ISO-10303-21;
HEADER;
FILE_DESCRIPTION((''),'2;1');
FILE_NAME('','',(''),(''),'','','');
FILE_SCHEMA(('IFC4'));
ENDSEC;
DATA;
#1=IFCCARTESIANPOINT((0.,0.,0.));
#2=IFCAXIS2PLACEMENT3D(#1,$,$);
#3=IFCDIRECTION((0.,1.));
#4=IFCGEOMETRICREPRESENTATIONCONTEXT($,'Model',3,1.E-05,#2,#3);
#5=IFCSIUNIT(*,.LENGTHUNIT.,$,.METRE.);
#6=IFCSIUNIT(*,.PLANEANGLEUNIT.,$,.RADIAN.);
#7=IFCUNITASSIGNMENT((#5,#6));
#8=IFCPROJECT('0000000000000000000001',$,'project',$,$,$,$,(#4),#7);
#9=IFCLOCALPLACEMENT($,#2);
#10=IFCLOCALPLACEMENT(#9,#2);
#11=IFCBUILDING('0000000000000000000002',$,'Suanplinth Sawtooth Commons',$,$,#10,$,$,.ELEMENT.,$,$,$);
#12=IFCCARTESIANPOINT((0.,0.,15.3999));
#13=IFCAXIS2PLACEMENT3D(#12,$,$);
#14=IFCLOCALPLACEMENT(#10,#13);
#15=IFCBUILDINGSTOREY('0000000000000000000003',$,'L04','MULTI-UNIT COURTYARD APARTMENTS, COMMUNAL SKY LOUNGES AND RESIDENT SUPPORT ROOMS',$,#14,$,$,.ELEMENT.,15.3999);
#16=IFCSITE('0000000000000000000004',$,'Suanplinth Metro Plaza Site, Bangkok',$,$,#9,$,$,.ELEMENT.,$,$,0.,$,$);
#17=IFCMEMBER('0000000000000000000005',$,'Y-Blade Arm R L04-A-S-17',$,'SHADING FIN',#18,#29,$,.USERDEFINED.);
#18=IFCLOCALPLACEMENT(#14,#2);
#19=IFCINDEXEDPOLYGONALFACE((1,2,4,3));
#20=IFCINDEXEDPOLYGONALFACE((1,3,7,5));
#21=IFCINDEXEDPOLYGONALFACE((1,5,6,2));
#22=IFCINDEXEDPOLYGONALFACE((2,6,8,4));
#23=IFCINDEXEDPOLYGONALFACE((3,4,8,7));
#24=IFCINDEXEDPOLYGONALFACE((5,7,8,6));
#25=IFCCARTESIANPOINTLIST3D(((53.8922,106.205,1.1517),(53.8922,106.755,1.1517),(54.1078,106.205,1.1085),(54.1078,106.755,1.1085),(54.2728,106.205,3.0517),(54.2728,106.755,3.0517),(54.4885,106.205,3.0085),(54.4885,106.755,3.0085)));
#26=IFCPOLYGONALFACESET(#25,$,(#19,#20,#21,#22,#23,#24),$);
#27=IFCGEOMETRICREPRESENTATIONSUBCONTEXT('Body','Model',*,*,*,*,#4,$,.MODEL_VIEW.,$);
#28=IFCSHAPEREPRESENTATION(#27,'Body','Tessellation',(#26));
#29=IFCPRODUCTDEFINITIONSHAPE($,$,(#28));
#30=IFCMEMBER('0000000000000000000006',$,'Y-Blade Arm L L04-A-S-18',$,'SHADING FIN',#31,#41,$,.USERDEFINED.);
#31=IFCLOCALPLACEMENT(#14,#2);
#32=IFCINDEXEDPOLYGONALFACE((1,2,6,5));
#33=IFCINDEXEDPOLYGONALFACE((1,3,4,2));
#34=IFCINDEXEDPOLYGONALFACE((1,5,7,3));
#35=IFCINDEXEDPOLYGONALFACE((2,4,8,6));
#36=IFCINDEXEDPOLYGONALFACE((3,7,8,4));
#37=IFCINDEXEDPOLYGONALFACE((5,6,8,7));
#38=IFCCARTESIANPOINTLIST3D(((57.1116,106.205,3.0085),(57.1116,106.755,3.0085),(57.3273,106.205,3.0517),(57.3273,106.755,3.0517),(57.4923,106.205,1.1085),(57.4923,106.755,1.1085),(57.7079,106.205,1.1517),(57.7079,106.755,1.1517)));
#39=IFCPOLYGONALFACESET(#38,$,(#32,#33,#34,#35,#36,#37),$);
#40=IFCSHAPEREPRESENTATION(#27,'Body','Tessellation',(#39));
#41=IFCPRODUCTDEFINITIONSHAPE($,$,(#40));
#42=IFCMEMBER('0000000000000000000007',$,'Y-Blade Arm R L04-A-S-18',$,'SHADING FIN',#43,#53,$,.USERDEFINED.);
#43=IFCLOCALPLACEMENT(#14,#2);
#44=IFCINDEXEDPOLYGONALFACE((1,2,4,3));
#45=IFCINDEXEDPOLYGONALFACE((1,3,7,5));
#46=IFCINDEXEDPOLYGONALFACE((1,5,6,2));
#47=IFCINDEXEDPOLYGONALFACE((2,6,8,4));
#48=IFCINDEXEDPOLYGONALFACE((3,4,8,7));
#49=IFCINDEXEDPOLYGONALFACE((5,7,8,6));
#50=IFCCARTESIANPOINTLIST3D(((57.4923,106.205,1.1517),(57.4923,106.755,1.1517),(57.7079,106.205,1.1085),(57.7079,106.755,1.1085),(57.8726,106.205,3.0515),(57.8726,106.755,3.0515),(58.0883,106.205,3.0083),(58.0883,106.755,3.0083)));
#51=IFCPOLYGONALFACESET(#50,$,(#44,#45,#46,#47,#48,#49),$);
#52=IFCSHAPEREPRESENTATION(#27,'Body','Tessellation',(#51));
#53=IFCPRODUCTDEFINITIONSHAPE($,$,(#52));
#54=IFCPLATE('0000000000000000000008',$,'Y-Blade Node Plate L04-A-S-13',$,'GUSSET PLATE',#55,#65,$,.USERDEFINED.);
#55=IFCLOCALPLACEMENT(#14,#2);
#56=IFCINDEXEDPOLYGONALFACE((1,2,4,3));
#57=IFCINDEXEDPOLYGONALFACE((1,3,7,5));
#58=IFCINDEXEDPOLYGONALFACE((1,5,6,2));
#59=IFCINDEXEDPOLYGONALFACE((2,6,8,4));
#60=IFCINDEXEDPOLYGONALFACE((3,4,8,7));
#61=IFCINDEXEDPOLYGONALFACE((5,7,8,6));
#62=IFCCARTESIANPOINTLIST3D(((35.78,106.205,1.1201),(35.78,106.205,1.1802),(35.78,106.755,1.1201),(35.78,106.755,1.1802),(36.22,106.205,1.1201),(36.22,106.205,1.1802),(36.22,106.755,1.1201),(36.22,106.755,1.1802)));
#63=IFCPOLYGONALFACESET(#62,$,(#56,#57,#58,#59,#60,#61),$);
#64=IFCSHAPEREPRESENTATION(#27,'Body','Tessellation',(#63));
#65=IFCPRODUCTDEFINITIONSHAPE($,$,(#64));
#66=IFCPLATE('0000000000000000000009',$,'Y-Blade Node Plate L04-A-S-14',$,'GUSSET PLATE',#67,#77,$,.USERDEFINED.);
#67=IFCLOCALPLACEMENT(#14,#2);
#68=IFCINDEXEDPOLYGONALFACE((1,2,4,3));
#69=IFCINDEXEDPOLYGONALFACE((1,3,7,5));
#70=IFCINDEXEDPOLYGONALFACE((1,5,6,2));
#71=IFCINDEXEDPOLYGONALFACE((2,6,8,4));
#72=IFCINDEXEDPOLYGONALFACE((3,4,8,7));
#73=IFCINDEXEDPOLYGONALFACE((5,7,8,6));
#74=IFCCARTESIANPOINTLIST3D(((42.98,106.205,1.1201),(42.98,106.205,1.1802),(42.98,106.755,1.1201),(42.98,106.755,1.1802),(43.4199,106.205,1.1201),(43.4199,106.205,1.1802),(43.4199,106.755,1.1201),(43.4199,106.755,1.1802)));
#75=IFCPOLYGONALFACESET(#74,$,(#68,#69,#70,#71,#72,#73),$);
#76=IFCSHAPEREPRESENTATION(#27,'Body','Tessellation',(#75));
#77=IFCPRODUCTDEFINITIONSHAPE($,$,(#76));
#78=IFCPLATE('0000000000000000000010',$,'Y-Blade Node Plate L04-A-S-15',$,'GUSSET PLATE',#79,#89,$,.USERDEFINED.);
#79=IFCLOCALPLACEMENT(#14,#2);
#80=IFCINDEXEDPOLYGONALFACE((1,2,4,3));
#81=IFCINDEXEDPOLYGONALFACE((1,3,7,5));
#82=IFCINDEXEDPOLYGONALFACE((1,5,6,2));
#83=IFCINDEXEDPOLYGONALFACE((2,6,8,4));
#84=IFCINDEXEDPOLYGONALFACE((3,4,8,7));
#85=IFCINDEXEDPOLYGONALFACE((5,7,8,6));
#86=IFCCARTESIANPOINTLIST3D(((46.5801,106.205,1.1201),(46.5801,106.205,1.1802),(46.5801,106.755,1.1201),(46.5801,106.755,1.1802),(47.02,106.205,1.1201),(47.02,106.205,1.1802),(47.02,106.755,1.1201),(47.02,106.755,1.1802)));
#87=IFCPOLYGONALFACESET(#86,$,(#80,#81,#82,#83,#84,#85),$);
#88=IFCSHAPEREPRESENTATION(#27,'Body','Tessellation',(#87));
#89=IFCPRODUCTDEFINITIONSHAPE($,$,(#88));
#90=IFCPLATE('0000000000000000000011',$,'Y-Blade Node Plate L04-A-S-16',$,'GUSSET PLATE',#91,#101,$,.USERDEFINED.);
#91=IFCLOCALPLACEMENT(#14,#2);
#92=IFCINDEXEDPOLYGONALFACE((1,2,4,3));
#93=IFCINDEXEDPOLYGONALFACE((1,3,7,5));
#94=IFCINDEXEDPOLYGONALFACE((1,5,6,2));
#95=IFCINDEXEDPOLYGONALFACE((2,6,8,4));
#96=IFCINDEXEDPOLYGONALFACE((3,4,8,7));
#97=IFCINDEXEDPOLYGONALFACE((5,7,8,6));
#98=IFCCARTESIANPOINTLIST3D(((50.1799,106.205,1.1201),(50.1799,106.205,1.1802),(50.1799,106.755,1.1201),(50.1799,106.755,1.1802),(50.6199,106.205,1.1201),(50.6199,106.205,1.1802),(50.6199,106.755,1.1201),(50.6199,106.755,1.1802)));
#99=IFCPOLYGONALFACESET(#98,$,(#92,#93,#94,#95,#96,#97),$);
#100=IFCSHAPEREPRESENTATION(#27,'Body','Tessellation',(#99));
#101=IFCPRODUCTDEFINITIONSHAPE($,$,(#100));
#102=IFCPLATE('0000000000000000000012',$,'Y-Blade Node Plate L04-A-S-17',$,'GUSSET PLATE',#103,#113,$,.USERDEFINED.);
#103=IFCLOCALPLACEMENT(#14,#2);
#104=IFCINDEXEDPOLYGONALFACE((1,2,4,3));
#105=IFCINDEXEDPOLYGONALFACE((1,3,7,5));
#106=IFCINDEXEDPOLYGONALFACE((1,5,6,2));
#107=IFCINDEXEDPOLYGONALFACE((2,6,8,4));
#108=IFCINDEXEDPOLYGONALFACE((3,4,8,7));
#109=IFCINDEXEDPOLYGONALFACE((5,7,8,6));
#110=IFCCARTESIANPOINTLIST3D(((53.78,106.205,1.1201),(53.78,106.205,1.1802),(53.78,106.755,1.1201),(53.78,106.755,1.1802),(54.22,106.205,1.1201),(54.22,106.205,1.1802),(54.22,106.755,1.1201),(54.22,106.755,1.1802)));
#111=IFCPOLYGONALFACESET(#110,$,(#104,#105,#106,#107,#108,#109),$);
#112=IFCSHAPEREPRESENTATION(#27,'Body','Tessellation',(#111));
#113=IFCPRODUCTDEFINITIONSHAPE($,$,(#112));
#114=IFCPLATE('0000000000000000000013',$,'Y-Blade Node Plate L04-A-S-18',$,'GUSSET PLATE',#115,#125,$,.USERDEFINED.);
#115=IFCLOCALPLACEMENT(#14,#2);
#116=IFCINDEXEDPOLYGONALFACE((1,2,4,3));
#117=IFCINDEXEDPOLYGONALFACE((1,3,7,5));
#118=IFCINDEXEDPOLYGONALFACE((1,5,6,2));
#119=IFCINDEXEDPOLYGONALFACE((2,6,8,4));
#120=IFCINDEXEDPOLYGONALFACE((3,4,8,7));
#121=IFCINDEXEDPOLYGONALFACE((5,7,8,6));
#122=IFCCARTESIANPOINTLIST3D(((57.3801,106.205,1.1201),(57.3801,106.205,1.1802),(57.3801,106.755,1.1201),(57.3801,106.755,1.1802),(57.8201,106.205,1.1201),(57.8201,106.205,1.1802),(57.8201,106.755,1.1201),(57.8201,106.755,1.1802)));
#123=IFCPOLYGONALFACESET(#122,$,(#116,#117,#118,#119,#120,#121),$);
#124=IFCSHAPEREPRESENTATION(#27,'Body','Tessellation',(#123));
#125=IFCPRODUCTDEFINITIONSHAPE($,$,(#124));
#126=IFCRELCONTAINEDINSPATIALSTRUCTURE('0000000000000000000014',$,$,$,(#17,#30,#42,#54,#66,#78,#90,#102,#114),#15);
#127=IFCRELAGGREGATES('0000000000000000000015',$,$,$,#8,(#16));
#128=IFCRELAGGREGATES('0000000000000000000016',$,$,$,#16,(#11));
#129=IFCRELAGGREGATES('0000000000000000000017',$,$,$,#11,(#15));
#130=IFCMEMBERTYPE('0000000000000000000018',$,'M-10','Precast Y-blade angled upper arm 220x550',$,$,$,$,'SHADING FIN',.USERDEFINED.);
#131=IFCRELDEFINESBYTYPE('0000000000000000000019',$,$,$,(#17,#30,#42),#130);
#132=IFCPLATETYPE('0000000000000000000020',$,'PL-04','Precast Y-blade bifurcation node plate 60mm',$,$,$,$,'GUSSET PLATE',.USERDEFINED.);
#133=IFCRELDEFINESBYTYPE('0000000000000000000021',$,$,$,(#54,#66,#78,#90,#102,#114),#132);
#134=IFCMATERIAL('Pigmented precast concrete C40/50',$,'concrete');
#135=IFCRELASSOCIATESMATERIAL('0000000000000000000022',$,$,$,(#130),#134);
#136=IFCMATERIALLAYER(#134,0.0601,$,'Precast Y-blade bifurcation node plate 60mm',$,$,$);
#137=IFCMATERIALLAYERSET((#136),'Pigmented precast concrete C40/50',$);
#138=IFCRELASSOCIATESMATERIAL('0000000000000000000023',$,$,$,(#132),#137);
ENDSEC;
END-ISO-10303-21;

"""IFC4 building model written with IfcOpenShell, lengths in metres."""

from ifc_helpers import new_model, si_unit, direction, frame, origin, origin_2d, place, context, subcontext, project, spatial, rectangle, extrude, material, layer, layer_set, material_profile, profile_set, type_object, element, save


model = new_model("IFC4")

# Units and contexts
model_context = context("Model", 3, precision=1e-05, world=origin(), true_north=direction((0.0, 1.0)))
body_context = subcontext(model_context, "Body", "Model", "MODEL_VIEW")
ifc_project = project(units=[si_unit("LENGTHUNIT", "METRE"), si_unit("PLANEANGLEUNIT", "RADIAN")], contexts=[model_context])

# Site, building, storey
site_placement = place(None, origin())
site = spatial("IfcSite", under=ifc_project, at=site_placement, Name="Suanplinth Metro Plaza Site, Bangkok", CompositionType="ELEMENT", RefElevation=0.0)
building_placement = place(site_placement, origin())
building = spatial("IfcBuilding", under=site, at=building_placement, Name="Suanplinth Sawtooth Commons", CompositionType="ELEMENT")
storey_placement = place(building_placement, frame((0.0, 0.0, 15.3999)))
storey = spatial("IfcBuildingStorey", under=building, at=storey_placement, Name="L04", Description="MULTI-UNIT COURTYARD APARTMENTS, COMMUNAL SKY LOUNGES AND RESIDENT SUPPORT ROOMS", CompositionType="ELEMENT", Elevation=15.3999)

# Members
ifc_material = material(Name="Pigmented precast concrete C40/50", Category="concrete")
ifc_material_profile_1 = material_profile(ifc_material, rectangle(XDim=0.22, YDim=0.55, at=origin_2d()), Name="PC-FIN 220x550")
ifc_profile_set_1 = profile_set([ifc_material_profile_1], Name="Pigmented precast concrete C40/50")
member_type_1 = type_object("IfcMemberType", Name="M-10", Description="Precast Y-blade angled upper arm 220x550", ElementType="SHADING FIN", PredefinedType="USERDEFINED", material=ifc_profile_set_1)
for number, where, z_axis, x_axis, name in (
    (1, (54.0, 106.48, 1.1301), (0.196431, 0.0, 0.980518), (-0.980518, 0.0, 0.196431), "Y-Blade Arm R L04-A-S-17"),
    (2, (57.6001, 106.48, 1.1301), (-0.196431, 0.0, 0.980518), (0.980518, 0.0, 0.196431), "Y-Blade Arm L L04-A-S-18"),
):
    element("IfcMember", number, at=place(storey_placement, frame(where, z_axis=z_axis, x_axis=x_axis)), inside=storey, type_object=member_type_1, Name=name, ObjectType="SHADING FIN", PredefinedType="USERDEFINED", context=body_context, shape_type="SweptSolid", body=[
        extrude(rectangle(XDim=0.22, YDim=0.55, at=origin_2d()), origin(), (0.0, 0.0, 1.0), 1.9377),
    ])
member_1_placement = place(storey_placement, frame((57.6001, 106.48, 1.1301), z_axis=(0.19631, 0.0, 0.980542), x_axis=(-0.980542, 0.0, 0.19631)))
element("IfcMember", 3, at=member_1_placement, inside=storey, type_object=member_type_1, Name="Y-Blade Arm R L04-A-S-18", ObjectType="SHADING FIN", PredefinedType="USERDEFINED", context=body_context, shape_type="SweptSolid", body=[
    extrude(rectangle(XDim=0.22, YDim=0.55, at=origin_2d()), origin(), (0.0, 0.0, 1.0), 1.9375),
])

# Plates
ifc_layer = layer(ifc_material, 0.0601, Name="Precast Y-blade bifurcation node plate 60mm")
ifc_layer_set = layer_set([ifc_layer], Name="Pigmented precast concrete C40/50")
plate_type = type_object("IfcPlateType", Name="PL-04", Description="Precast Y-blade bifurcation node plate 60mm", ElementType="GUSSET PLATE", PredefinedType="USERDEFINED", material=ifc_layer_set)
for number, where, z_axis, x_axis, name in (
    (4, (36.0, 106.48, 1.1201), (0.0, 0.0, 1.0), (1.0, 0.0, 0.0), "Y-Blade Node Plate L04-A-S-13"),
    (5, (43.2, 106.48, 1.1201), (0.0, 0.0, 1.0), (1.0, 0.0, 0.0), "Y-Blade Node Plate L04-A-S-14"),
    (6, (46.8, 106.48, 1.1201), (0.0, 0.0, 1.0), (1.0, 0.0, 0.0), "Y-Blade Node Plate L04-A-S-15"),
    (7, (50.3999, 106.48, 1.1201), (0.0, 0.0, 1.0), (1.0, 0.0, 0.0), "Y-Blade Node Plate L04-A-S-16"),
    (8, (54.0, 106.48, 1.1201), (0.0, 0.0, 1.0), (1.0, 0.0, 0.0), "Y-Blade Node Plate L04-A-S-17"),
    (9, (57.6001, 106.48, 1.1201), (0.0, 0.0, 1.0), (1.0, 0.0, 0.0), "Y-Blade Node Plate L04-A-S-18"),
):
    element("IfcPlate", number, at=place(storey_placement, frame(where, z_axis=z_axis, x_axis=x_axis)), inside=storey, type_object=plate_type, Name=name, ObjectType="GUSSET PLATE", PredefinedType="USERDEFINED", context=body_context, shape_type="SweptSolid", body=[
        extrude(rectangle(XDim=0.4399, YDim=0.55, at=origin_2d()), origin(), (0.0, 0.0, 1.0), 0.0601),
    ])

save(model, "model.ifc")
